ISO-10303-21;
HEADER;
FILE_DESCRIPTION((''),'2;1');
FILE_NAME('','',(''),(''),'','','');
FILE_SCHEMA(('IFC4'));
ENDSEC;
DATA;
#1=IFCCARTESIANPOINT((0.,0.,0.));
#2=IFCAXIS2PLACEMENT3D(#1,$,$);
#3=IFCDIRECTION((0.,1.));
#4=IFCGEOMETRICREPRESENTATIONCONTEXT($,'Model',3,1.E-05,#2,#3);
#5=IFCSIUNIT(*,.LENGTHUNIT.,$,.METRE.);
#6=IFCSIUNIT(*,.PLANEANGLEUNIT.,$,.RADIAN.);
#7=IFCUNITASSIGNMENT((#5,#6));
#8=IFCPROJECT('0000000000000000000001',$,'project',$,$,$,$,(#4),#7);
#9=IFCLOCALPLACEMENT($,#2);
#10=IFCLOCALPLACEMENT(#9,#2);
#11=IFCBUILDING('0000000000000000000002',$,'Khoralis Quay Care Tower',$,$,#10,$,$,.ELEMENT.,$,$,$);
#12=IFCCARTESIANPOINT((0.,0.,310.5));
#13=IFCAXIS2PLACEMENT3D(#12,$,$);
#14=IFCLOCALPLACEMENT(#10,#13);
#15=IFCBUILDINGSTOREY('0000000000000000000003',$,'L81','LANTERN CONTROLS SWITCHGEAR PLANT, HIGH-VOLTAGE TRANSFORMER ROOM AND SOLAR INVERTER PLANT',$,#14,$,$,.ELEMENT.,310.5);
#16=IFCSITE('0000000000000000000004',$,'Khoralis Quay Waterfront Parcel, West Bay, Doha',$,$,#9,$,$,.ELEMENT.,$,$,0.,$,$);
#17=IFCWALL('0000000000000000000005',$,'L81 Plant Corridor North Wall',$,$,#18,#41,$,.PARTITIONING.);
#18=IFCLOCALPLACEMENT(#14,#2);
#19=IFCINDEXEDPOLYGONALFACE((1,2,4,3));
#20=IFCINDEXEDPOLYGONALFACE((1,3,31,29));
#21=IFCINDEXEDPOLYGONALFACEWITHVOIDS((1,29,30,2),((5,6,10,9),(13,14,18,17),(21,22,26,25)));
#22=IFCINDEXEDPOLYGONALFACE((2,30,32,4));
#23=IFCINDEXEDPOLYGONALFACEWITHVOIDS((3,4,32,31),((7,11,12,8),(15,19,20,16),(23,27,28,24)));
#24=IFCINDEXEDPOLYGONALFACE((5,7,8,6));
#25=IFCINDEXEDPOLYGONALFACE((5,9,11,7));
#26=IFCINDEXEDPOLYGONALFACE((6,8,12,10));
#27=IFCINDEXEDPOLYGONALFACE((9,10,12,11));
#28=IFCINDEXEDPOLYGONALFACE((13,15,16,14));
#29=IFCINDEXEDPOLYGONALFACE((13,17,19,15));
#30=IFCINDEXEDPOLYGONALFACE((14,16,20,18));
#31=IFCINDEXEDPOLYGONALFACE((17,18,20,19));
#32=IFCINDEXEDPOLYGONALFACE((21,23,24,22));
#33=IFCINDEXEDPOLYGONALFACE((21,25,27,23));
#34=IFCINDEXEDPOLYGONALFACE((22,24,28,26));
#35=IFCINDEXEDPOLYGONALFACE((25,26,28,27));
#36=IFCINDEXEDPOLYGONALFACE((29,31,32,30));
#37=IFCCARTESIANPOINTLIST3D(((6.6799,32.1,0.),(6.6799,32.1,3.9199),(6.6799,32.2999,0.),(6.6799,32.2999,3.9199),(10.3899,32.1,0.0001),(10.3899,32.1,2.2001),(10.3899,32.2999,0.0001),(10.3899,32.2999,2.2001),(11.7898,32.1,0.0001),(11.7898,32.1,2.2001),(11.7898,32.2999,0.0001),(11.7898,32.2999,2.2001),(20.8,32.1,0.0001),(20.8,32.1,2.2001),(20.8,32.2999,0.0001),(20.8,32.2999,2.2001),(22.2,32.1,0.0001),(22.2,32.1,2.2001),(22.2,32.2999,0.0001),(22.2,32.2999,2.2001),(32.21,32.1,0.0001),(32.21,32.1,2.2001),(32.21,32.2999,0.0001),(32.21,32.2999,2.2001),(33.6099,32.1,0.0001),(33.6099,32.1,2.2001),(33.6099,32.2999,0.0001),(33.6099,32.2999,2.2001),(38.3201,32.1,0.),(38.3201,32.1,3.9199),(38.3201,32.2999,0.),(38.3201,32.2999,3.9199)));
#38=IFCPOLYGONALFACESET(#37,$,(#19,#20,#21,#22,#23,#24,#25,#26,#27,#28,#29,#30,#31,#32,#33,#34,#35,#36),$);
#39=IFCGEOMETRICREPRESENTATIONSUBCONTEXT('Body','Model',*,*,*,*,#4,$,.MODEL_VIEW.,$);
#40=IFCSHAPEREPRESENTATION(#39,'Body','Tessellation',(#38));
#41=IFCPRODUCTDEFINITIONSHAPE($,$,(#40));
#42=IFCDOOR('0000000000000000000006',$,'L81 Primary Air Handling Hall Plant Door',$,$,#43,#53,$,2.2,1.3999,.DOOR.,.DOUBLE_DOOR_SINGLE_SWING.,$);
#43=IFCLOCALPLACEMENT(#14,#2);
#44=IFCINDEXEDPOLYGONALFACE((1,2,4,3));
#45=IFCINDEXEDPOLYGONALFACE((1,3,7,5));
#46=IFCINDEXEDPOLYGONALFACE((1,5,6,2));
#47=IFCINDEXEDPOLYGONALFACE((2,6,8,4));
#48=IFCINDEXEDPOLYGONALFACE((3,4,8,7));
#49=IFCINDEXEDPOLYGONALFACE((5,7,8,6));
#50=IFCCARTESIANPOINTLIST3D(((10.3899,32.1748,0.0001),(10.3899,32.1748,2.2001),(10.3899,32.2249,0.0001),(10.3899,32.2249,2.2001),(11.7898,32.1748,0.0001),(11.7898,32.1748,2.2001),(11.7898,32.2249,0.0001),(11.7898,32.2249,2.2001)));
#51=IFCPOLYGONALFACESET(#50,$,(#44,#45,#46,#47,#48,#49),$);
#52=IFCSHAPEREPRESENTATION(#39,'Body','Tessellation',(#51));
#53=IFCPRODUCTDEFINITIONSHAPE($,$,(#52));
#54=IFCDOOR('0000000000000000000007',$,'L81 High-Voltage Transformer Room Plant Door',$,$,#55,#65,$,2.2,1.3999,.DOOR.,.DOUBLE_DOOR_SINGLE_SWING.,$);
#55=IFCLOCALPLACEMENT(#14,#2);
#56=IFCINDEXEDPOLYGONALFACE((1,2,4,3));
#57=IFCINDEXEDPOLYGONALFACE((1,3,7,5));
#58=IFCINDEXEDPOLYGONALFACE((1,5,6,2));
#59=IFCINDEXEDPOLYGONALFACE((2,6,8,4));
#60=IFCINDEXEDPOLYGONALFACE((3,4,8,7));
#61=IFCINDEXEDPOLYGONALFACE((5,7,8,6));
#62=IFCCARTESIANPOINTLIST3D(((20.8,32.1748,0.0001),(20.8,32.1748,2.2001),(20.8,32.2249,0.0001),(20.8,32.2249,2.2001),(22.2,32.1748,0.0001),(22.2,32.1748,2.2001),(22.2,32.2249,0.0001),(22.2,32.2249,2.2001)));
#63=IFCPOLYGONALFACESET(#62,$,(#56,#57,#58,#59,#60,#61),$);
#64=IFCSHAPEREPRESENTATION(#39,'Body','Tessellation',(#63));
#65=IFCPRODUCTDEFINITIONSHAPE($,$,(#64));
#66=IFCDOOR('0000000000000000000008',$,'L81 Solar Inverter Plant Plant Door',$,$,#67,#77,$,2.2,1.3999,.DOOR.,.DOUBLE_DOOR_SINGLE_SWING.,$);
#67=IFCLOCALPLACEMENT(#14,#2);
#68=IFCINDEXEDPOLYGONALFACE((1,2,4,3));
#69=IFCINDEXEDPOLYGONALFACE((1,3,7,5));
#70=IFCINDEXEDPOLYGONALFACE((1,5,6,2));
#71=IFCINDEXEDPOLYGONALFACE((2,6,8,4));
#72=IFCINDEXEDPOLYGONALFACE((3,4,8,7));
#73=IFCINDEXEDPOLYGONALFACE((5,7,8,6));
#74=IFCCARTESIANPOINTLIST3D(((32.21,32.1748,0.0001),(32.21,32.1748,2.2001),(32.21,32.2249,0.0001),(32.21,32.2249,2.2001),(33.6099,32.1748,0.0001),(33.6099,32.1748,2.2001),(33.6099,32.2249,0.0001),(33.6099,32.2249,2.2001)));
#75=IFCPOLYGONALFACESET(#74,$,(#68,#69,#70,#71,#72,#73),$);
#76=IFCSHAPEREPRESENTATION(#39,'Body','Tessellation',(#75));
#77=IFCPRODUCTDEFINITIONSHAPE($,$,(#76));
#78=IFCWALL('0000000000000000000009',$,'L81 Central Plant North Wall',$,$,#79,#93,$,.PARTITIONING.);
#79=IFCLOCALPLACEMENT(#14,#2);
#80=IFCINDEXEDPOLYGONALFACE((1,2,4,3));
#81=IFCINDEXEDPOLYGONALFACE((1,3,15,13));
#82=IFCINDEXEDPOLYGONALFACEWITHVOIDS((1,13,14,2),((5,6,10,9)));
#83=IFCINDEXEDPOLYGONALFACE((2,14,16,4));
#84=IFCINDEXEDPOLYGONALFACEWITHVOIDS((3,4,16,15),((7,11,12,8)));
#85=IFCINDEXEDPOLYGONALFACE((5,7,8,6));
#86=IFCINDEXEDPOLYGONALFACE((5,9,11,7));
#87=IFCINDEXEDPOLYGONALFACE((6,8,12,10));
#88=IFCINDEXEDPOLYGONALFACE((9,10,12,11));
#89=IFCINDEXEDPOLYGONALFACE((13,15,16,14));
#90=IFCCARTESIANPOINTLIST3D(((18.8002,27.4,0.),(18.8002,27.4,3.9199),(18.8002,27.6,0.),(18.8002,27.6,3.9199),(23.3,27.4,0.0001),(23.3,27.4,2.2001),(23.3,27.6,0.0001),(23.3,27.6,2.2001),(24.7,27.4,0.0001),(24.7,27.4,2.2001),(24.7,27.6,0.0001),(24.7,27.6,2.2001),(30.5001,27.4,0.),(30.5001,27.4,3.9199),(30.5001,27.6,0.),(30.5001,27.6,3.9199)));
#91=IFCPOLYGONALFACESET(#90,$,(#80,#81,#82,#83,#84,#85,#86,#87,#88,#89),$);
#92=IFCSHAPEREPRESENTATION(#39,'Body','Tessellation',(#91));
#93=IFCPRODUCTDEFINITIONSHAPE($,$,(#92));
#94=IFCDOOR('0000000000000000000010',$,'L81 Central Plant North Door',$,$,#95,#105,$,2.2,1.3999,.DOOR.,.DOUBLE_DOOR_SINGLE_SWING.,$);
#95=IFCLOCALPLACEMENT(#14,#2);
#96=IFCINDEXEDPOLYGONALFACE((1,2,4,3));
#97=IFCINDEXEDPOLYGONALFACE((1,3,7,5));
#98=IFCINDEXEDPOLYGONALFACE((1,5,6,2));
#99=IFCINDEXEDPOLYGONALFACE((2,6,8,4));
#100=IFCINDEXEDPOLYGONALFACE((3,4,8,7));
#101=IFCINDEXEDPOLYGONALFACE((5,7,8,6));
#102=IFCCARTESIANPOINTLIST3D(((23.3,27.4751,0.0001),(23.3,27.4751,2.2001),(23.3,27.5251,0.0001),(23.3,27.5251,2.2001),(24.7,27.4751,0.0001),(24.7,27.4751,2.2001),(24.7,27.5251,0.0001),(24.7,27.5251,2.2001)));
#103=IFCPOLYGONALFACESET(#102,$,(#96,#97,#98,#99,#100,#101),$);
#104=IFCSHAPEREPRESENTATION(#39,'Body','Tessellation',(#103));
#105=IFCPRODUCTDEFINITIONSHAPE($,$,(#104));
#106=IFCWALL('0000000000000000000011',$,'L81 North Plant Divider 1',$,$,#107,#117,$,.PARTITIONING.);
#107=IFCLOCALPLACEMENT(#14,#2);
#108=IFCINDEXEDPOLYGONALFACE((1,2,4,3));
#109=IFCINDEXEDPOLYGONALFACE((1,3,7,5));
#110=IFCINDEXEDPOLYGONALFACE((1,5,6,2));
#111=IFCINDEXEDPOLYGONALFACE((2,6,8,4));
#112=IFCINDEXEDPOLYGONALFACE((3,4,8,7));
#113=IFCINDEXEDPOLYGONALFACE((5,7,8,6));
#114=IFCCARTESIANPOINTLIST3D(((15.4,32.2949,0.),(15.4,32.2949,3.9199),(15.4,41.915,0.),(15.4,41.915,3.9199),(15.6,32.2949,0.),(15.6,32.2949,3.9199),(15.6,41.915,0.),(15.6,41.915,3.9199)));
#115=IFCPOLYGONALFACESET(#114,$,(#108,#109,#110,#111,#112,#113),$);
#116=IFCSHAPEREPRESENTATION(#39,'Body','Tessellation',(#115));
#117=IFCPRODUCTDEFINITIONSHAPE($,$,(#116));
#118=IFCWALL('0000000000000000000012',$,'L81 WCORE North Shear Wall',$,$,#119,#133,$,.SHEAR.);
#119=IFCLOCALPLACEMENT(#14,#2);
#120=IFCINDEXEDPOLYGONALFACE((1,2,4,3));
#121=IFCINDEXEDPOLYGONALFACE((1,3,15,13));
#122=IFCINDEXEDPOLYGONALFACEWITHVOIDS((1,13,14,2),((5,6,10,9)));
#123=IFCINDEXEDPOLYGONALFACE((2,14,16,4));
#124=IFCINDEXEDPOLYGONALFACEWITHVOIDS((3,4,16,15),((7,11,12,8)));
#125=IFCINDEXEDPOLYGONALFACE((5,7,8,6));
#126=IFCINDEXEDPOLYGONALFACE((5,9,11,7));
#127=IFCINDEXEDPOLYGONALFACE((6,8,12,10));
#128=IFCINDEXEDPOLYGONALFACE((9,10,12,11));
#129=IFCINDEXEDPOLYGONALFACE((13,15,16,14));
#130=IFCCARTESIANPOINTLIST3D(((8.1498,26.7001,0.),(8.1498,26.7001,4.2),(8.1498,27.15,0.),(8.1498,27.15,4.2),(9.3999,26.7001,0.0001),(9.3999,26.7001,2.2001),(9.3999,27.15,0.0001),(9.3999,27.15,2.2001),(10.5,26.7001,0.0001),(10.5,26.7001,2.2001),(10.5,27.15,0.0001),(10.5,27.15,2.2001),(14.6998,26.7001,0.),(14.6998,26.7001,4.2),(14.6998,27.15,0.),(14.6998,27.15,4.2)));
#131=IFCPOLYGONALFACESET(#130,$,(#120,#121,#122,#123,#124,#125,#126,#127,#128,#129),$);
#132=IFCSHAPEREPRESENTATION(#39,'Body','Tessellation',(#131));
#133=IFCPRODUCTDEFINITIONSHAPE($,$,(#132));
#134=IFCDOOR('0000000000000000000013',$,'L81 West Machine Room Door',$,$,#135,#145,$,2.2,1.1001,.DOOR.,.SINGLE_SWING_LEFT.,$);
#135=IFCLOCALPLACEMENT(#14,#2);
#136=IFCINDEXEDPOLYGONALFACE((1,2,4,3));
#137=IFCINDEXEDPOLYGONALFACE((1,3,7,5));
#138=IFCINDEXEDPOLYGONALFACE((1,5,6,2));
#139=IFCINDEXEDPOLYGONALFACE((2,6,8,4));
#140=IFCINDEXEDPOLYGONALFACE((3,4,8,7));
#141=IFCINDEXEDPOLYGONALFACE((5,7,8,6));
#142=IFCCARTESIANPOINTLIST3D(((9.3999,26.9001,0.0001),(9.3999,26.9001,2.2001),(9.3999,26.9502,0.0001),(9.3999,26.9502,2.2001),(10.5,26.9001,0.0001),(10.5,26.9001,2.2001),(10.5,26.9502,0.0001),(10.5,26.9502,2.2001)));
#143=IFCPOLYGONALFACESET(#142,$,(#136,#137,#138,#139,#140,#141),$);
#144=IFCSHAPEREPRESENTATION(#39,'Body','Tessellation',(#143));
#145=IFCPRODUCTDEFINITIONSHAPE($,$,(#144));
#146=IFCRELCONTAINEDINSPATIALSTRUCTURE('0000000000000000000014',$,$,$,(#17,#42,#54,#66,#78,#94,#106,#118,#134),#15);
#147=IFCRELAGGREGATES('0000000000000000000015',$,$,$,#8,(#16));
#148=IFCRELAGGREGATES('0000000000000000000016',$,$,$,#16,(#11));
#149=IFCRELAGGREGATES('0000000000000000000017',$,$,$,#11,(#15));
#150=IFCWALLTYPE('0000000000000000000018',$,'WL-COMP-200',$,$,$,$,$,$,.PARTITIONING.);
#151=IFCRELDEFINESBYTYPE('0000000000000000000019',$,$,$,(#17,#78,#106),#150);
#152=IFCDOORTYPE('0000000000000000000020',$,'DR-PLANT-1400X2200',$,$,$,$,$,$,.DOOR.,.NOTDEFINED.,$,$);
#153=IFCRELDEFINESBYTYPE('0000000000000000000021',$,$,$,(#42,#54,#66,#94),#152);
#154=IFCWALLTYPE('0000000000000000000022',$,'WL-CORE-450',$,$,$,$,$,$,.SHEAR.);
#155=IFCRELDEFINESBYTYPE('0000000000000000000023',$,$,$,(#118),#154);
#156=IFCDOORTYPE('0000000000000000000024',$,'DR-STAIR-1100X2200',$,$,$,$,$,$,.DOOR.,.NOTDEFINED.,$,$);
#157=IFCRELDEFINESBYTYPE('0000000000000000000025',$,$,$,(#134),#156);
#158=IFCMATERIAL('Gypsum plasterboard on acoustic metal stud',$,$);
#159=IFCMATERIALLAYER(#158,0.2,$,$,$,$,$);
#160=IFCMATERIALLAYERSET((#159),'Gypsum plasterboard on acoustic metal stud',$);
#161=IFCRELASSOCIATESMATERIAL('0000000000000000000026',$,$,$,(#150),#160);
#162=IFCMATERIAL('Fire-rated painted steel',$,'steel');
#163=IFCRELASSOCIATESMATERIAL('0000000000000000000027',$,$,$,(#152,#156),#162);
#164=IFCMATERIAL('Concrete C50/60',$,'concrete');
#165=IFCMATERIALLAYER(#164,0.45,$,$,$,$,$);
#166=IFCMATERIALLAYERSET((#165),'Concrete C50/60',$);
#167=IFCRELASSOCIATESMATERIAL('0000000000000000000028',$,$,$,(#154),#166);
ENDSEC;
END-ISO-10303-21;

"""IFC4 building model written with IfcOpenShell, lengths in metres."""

from ifc_helpers import new_model, si_unit, direction, frame, frame_2d, origin, place, context, subcontext, project, spatial, rectangle, extrude, source, transform, mapped, material, layer, layer_set, type_object, element, fill, save


model = new_model("IFC4")

# Units and contexts
model_context = context("Model", 3, precision=1e-05, world=origin(), true_north=direction((0.0, 1.0)))
body_context = subcontext(model_context, "Body", "Model", "MODEL_VIEW")
ifc_project = project(units=[si_unit("LENGTHUNIT", "METRE"), si_unit("PLANEANGLEUNIT", "RADIAN")], contexts=[model_context])

# Site, building, storey
site_placement = place(None, origin())
site = spatial("IfcSite", under=ifc_project, at=site_placement, Name="Khoralis Quay Waterfront Parcel, West Bay, Doha", CompositionType="ELEMENT", RefElevation=0.0)
building_placement = place(site_placement, origin())
building = spatial("IfcBuilding", under=site, at=building_placement, Name="Khoralis Quay Care Tower", CompositionType="ELEMENT")
storey_placement = place(building_placement, frame((0.0, 0.0, 310.5)))
storey = spatial("IfcBuildingStorey", under=building, at=storey_placement, Name="L81", Description="LANTERN CONTROLS SWITCHGEAR PLANT, HIGH-VOLTAGE TRANSFORMER ROOM AND SOLAR INVERTER PLANT", CompositionType="ELEMENT", Elevation=310.5)

# Shared definitions
ifc_material_1 = material(Name="Concrete C50/60", Category="concrete")

# Wall, openings, doors
ifc_material_2 = material(Name="Gypsum plasterboard on acoustic metal stud")
ifc_layer_1 = layer(ifc_material_2, 0.2)
ifc_layer_set_1 = layer_set([ifc_layer_1], Name="Gypsum plasterboard on acoustic metal stud")
wall_type_1 = type_object("IfcWallType", Name="WL-COMP-200", PredefinedType="PARTITIONING", material=ifc_layer_set_1)
wall_1_placement = place(storey_placement, frame((6.6799, 32.2, 0.0), z_axis=(0.0, 0.0, 1.0), x_axis=(1.0, 0.0, 0.0)))
wall_1 = element("IfcWall", 1, at=wall_1_placement, inside=storey, type_object=wall_type_1, Name="L81 Plant Corridor North Wall", PredefinedType="PARTITIONING", context=body_context, shape_type="SweptSolid", body=[
    extrude(rectangle(XDim=31.6401, YDim=0.2, at=frame_2d((15.8201, 0.0))), origin(), (0.0, 0.0, 1.0), 3.9199),
])
opening_1_placement = place(wall_1_placement, frame((3.71, 0.0, 0.0)))
opening_1 = element("IfcOpeningElement", 2, at=opening_1_placement, cuts=wall_1, PredefinedType="OPENING", context=body_context, shape_type="SweptSolid", body=[
    extrude(rectangle(XDim=1.3999, YDim=2.2, at=frame_2d((0.7, 1.1001))), frame((0.0, 0.1099, 0.0), z_axis=(0.0, -1.0, 0.0), x_axis=(1.0, 0.0, 0.0)), (0.0, 0.0, 1.0), 0.22),
])
opening_2_placement = place(wall_1_placement, frame((14.1201, 0.0, 0.0)))
opening_2 = element("IfcOpeningElement", 3, at=opening_2_placement, cuts=wall_1, PredefinedType="OPENING", context=body_context, shape_type="SweptSolid", body=[
    extrude(rectangle(XDim=1.3999, YDim=2.2, at=frame_2d((0.7, 1.1001))), frame((0.0, 0.1099, 0.0), z_axis=(0.0, -1.0, 0.0), x_axis=(1.0, 0.0, 0.0)), (0.0, 0.0, 1.0), 0.22),
])
opening_3_placement = place(wall_1_placement, frame((25.53, 0.0, 0.0)))
opening_3 = element("IfcOpeningElement", 4, at=opening_3_placement, cuts=wall_1, PredefinedType="OPENING", context=body_context, shape_type="SweptSolid", body=[
    extrude(rectangle(XDim=1.3999, YDim=2.2, at=frame_2d((0.7, 1.1001))), frame((0.0, 0.1099, 0.0), z_axis=(0.0, -1.0, 0.0), x_axis=(1.0, 0.0, 0.0)), (0.0, 0.0, 1.0), 0.22),
])
ifc_material_3 = material(Name="Fire-rated painted steel", Category="steel")
door_type_1 = type_object("IfcDoorType", Name="DR-PLANT-1400X2200", OperationType="NOTDEFINED", PredefinedType="DOOR", material=ifc_material_3)
shared_shape_1 = source(origin(), body_context, "Body", "SweptSolid", [
    extrude(rectangle(XDim=1.3999, YDim=2.2, at=frame_2d((0.7, 1.1001))), frame((0.0, 0.0249, 0.0), z_axis=(0.0, -1.0, 0.0), x_axis=(1.0, 0.0, 0.0)), (0.0, 0.0, 1.0), 0.05),
])
door_1_placement = place(opening_1_placement, origin())
door_1 = element("IfcDoor", 5, at=door_1_placement, inside=storey, type_object=door_type_1, Name="L81 Primary Air Handling Hall Plant Door", OperationType="DOUBLE_DOOR_SINGLE_SWING", OverallHeight=2.2, OverallWidth=1.3999, PredefinedType="DOOR", context=body_context, shape_type="MappedRepresentation", body=[
    mapped(shared_shape_1, transform((0.0, 0.0, 0.0), scale=1.0)),
])
fill(opening_1, door_1)
door_2_placement = place(opening_2_placement, origin())
door_2 = element("IfcDoor", 6, at=door_2_placement, inside=storey, type_object=door_type_1, Name="L81 High-Voltage Transformer Room Plant Door", OperationType="DOUBLE_DOOR_SINGLE_SWING", OverallHeight=2.2, OverallWidth=1.3999, PredefinedType="DOOR", context=body_context, shape_type="MappedRepresentation", body=[
    mapped(shared_shape_1, transform((0.0, 0.0, 0.0), scale=1.0)),
])
fill(opening_2, door_2)
door_3_placement = place(opening_3_placement, origin())
door_3 = element("IfcDoor", 7, at=door_3_placement, inside=storey, type_object=door_type_1, Name="L81 Solar Inverter Plant Plant Door", OperationType="DOUBLE_DOOR_SINGLE_SWING", OverallHeight=2.2, OverallWidth=1.3999, PredefinedType="DOOR", context=body_context, shape_type="MappedRepresentation", body=[
    mapped(shared_shape_1, transform((0.0, 0.0, 0.0), scale=1.0)),
])
fill(opening_3, door_3)

# Wall, opening, door
wall_2_placement = place(storey_placement, frame((18.8, 27.5, 0.0), z_axis=(0.0, 0.0, 1.0), x_axis=(1.0, 0.0, 0.0)))
wall_2 = element("IfcWall", 8, at=wall_2_placement, inside=storey, type_object=wall_type_1, Name="L81 Central Plant North Wall", PredefinedType="PARTITIONING", context=body_context, shape_type="SweptSolid", body=[
    extrude(rectangle(XDim=11.7, YDim=0.2, at=frame_2d((5.8501, 0.0))), origin(), (0.0, 0.0, 1.0), 3.9199),
])
opening_4_placement = place(wall_2_placement, frame((4.5, 0.0, 0.0)))
opening_4 = element("IfcOpeningElement", 9, at=opening_4_placement, cuts=wall_2, PredefinedType="OPENING", context=body_context, shape_type="SweptSolid", body=[
    extrude(rectangle(XDim=1.3999, YDim=2.2, at=frame_2d((0.7, 1.1001))), frame((0.0, 0.1099, 0.0), z_axis=(0.0, -1.0, 0.0), x_axis=(1.0, 0.0, 0.0)), (0.0, 0.0, 1.0), 0.22),
])
door_4_placement = place(opening_4_placement, frame((1.3999, 0.0, 0.0), z_axis=(0.0, 0.0, 1.0), x_axis=(-1.0, 0.0, 0.0)))
door_4 = element("IfcDoor", 10, at=door_4_placement, inside=storey, type_object=door_type_1, Name="L81 Central Plant North Door", OperationType="DOUBLE_DOOR_SINGLE_SWING", OverallHeight=2.2, OverallWidth=1.3999, PredefinedType="DOOR", context=body_context, shape_type="MappedRepresentation", body=[
    mapped(shared_shape_1, transform((0.0, 0.0, 0.0), scale=1.0)),
])
fill(opening_4, door_4)

# Wall
wall_3_placement = place(storey_placement, frame((15.5, 32.2949, 0.0), z_axis=(0.0, 0.0, 1.0), x_axis=(0.0, 1.0, 0.0)))
element("IfcWall", 11, at=wall_3_placement, inside=storey, type_object=wall_type_1, Name="L81 North Plant Divider 1", PredefinedType="PARTITIONING", context=body_context, shape_type="SweptSolid", body=[
    extrude(rectangle(XDim=9.6201, YDim=0.2, at=frame_2d((4.8101, 0.0))), origin(), (0.0, 0.0, 1.0), 3.9199),
])

# Wall, opening, door
ifc_layer_2 = layer(ifc_material_1, 0.45)
ifc_layer_set_2 = layer_set([ifc_layer_2], Name="Concrete C50/60")
wall_type_2 = type_object("IfcWallType", Name="WL-CORE-450", PredefinedType="SHEAR", material=ifc_layer_set_2)
wall_4_placement = place(storey_placement, frame((8.1499, 26.925, 0.0), z_axis=(0.0, 0.0, 1.0), x_axis=(1.0, 0.0, 0.0)))
wall_4 = element("IfcWall", 12, at=wall_4_placement, inside=storey, type_object=wall_type_2, Name="L81 WCORE North Shear Wall", PredefinedType="SHEAR", context=body_context, shape_type="SweptSolid", body=[
    extrude(rectangle(XDim=6.55, YDim=0.45, at=frame_2d((3.2749, 0.0))), origin(), (0.0, 0.0, 1.0), 4.2),
])
opening_5_placement = place(wall_4_placement, frame((1.25, 0.0, 0.0)))
opening_5 = element("IfcOpeningElement", 13, at=opening_5_placement, cuts=wall_4, PredefinedType="OPENING", context=body_context, shape_type="SweptSolid", body=[
    extrude(rectangle(XDim=1.1001, YDim=2.2, at=frame_2d((0.55, 1.1001))), frame((0.0, 0.2349, 0.0), z_axis=(0.0, -1.0, 0.0), x_axis=(1.0, 0.0, 0.0)), (0.0, 0.0, 1.0), 0.47),
])
door_type_2 = type_object("IfcDoorType", Name="DR-STAIR-1100X2200", OperationType="NOTDEFINED", PredefinedType="DOOR", material=ifc_material_3)
shared_shape_2 = source(origin(), body_context, "Body", "SweptSolid", [
    extrude(rectangle(XDim=1.1001, YDim=2.2, at=frame_2d((0.55, 1.1001))), frame((0.0, 0.0249, 0.0), z_axis=(0.0, -1.0, 0.0), x_axis=(1.0, 0.0, 0.0)), (0.0, 0.0, 1.0), 0.05),
])
door_5_placement = place(opening_5_placement, frame((1.1001, 0.0, 0.0), z_axis=(0.0, 0.0, 1.0), x_axis=(-1.0, 0.0, 0.0)))
door_5 = element("IfcDoor", 14, at=door_5_placement, inside=storey, type_object=door_type_2, Name="L81 West Machine Room Door", OperationType="SINGLE_SWING_LEFT", OverallHeight=2.2, OverallWidth=1.1001, PredefinedType="DOOR", context=body_context, shape_type="MappedRepresentation", body=[
    mapped(shared_shape_2, transform((0.0, 0.0, 0.0), scale=1.0)),
])
fill(opening_5, door_5)

save(model, "model.ifc")
